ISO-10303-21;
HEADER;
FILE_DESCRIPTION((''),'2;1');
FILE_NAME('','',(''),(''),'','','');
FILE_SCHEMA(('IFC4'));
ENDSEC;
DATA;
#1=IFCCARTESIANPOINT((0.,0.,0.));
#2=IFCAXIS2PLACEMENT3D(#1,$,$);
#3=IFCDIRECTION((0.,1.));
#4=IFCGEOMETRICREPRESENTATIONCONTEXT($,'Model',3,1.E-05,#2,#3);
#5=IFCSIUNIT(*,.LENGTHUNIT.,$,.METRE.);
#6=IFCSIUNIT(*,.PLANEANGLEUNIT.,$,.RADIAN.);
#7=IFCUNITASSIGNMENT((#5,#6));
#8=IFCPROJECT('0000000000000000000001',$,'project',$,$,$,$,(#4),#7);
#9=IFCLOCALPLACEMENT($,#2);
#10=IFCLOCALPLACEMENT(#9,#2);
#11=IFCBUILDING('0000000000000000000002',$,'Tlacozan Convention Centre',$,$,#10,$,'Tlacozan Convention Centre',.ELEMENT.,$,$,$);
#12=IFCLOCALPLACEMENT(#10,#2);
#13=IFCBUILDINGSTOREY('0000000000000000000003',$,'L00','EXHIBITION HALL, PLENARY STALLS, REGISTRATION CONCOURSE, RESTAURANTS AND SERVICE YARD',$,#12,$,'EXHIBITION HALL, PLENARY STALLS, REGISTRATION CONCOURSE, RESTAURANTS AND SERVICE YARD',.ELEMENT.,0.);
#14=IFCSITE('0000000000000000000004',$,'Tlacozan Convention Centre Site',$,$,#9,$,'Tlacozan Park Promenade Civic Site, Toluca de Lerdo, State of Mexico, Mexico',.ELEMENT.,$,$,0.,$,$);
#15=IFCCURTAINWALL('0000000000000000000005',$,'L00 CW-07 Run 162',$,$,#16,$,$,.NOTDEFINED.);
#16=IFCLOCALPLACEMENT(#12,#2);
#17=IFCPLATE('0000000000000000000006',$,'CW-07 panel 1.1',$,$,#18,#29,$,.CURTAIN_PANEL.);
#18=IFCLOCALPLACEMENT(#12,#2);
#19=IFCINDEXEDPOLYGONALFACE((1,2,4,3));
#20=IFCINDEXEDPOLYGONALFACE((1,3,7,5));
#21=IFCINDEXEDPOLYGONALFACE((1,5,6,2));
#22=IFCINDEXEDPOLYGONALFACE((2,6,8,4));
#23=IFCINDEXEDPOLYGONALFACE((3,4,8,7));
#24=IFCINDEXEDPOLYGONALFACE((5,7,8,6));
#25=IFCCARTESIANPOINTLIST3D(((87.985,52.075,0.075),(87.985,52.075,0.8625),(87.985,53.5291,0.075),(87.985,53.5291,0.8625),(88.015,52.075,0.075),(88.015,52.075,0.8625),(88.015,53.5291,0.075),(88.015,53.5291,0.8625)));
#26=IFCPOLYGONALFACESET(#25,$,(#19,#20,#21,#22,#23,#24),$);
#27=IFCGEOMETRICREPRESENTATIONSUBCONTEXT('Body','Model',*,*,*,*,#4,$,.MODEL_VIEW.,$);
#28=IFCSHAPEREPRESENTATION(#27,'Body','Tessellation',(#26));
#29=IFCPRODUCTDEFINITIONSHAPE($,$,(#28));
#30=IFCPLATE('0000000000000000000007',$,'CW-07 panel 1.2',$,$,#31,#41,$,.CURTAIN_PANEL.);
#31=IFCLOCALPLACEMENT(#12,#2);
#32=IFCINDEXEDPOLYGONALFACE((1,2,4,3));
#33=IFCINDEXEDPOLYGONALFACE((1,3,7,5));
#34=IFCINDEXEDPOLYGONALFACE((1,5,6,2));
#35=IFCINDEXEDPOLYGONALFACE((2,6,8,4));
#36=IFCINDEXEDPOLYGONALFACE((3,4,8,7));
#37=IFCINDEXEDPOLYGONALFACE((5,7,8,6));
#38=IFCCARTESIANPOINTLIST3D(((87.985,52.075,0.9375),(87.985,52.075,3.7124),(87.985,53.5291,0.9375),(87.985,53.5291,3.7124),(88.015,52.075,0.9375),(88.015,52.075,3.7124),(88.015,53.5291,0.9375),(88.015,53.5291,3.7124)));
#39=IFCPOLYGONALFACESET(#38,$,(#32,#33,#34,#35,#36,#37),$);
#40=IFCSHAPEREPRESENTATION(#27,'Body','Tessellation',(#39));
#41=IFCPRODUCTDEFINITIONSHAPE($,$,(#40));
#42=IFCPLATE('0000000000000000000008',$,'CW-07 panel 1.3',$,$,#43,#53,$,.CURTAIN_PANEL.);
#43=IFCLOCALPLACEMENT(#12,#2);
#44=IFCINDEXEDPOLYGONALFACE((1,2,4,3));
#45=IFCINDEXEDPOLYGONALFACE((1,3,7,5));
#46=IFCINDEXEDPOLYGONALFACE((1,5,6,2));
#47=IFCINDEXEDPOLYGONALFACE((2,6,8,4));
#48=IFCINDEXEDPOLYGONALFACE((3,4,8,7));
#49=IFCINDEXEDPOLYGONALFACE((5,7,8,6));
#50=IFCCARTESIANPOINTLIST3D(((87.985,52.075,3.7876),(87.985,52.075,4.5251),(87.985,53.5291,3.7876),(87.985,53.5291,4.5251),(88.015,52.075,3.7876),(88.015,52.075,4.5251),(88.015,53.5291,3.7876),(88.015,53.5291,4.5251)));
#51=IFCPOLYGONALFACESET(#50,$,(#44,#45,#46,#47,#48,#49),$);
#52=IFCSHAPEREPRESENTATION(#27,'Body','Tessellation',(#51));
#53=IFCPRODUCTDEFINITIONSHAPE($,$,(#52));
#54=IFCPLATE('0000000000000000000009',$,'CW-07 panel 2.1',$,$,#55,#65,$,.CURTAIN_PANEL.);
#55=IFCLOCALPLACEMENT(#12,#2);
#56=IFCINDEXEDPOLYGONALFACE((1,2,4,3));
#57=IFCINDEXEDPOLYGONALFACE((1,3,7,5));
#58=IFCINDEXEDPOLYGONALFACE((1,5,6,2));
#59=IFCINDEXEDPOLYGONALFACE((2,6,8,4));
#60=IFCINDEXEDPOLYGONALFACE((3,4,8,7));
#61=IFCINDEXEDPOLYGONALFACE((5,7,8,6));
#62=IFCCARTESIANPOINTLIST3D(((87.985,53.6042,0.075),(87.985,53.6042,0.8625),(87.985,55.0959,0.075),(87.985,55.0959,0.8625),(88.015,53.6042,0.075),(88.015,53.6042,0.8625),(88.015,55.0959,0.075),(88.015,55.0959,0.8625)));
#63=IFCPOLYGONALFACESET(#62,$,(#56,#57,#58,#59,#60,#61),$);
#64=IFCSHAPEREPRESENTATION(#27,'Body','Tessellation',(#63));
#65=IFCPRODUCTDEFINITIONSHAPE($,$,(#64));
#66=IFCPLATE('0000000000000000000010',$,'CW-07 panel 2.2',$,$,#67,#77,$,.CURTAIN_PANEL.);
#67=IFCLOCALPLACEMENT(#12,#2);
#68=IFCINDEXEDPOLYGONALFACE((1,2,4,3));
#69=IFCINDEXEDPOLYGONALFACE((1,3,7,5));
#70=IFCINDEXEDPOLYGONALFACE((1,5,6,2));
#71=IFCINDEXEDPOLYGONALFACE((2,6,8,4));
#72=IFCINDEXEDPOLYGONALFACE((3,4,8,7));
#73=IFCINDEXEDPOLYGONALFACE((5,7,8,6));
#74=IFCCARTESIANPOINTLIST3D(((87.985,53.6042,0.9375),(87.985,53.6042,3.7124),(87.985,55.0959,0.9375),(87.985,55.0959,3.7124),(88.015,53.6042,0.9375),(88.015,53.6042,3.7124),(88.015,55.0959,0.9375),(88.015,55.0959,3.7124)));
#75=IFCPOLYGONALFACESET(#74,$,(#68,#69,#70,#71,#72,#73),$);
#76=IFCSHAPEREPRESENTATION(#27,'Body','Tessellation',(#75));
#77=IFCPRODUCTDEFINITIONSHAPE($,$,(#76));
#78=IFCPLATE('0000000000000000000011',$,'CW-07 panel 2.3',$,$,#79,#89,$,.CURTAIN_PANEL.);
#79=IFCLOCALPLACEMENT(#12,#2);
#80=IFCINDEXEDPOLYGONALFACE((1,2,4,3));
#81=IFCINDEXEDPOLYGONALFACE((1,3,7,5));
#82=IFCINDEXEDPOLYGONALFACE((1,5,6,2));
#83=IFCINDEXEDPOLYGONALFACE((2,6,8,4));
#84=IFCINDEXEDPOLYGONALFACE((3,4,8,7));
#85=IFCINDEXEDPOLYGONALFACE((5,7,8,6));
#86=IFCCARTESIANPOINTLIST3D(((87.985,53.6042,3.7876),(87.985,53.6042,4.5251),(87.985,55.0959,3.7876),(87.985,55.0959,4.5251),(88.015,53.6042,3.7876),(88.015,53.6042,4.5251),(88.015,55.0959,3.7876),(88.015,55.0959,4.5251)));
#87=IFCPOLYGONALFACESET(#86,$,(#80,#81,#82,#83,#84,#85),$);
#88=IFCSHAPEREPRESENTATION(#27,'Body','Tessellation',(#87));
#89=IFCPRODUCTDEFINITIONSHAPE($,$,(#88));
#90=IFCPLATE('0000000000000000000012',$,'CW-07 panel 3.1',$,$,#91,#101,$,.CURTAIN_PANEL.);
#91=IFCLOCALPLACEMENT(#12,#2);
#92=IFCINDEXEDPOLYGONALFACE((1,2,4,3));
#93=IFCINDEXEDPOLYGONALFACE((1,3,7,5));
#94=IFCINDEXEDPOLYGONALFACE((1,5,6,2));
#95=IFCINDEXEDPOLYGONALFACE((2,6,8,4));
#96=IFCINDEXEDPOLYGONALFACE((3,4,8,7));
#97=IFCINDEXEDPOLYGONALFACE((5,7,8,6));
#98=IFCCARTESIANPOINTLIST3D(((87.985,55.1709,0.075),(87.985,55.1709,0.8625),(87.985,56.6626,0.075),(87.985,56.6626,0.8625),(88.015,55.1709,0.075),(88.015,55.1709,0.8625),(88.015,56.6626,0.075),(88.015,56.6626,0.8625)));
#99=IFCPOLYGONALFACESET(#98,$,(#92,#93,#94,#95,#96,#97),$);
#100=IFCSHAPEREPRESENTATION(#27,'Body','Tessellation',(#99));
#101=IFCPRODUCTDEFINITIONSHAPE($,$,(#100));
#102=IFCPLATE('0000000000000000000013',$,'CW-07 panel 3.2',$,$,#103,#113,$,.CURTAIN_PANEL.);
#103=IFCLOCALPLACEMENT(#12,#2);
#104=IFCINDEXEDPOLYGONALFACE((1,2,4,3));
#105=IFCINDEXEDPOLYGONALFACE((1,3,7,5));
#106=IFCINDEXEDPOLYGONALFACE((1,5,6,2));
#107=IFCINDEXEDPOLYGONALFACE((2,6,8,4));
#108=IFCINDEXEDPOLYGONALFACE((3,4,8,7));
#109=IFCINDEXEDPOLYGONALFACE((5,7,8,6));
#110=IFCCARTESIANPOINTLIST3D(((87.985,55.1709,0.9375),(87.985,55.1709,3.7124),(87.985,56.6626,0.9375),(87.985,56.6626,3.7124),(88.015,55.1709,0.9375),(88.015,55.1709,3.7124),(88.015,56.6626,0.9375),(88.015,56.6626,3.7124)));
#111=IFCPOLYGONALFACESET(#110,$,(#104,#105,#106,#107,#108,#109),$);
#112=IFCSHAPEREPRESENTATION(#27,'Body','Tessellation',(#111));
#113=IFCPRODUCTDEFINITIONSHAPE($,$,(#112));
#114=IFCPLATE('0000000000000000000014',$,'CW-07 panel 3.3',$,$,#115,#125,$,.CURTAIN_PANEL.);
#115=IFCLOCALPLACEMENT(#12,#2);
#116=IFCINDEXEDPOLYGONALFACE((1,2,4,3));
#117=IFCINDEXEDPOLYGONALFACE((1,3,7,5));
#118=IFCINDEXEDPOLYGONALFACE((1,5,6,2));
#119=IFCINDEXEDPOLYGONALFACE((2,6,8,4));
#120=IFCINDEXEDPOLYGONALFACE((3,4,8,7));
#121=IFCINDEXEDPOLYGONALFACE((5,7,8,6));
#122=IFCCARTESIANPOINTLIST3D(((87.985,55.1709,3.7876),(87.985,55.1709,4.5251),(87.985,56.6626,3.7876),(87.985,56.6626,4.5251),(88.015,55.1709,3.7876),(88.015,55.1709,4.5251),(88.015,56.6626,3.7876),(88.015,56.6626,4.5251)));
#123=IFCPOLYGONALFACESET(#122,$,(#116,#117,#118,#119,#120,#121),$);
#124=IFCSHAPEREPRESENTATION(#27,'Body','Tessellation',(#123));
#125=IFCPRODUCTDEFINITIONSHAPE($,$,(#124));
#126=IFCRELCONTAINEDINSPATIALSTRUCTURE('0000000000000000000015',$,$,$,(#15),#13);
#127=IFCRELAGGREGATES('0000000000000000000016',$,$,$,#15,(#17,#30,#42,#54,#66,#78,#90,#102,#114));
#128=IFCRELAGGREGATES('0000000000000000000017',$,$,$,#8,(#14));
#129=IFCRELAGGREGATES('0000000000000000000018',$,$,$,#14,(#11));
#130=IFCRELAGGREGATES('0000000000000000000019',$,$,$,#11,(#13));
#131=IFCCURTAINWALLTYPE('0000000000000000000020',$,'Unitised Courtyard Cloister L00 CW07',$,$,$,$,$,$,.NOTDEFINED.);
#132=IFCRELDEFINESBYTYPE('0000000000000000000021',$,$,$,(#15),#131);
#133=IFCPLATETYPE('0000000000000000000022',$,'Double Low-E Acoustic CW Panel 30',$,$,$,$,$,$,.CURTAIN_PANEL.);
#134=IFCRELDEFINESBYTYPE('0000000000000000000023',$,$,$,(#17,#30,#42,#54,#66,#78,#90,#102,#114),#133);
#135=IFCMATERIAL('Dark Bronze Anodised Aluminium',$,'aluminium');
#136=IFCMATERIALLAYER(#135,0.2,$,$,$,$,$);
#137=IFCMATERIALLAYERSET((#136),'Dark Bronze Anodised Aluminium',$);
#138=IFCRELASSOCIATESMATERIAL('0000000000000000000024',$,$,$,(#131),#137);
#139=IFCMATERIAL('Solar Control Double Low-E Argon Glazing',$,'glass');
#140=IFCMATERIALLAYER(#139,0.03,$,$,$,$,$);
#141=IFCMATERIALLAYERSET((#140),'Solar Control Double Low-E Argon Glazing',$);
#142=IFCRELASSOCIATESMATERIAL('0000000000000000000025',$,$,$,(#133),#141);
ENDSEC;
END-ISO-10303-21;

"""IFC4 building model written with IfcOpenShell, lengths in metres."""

from ifc_helpers import new_model, si_unit, direction, frame, origin, origin_2d, place, context, subcontext, project, spatial, rectangle, extrude, material, layer, layer_set, type_object, element, aggregate, save


model = new_model("IFC4")

# Units and contexts
model_context = context("Model", 3, precision=1e-05, world=origin(), true_north=direction((0.0, 1.0)))
body_context = subcontext(model_context, "Body", "Model", "MODEL_VIEW")
ifc_project = project(units=[si_unit("LENGTHUNIT", "METRE"), si_unit("PLANEANGLEUNIT", "RADIAN")], contexts=[model_context])

# Site, building, storey
site_placement = place(None, origin())
site = spatial("IfcSite", under=ifc_project, at=site_placement, Name="Tlacozan Convention Centre Site", LongName="Tlacozan Park Promenade Civic Site, Toluca de Lerdo, State of Mexico, Mexico", CompositionType="ELEMENT", RefElevation=0.0)
building_placement = place(site_placement, origin())
building = spatial("IfcBuilding", under=site, at=building_placement, Name="Tlacozan Convention Centre", LongName="Tlacozan Convention Centre", CompositionType="ELEMENT")
storey_placement = place(building_placement, origin())
storey = spatial("IfcBuildingStorey", under=building, at=storey_placement, Name="L00", Description="EXHIBITION HALL, PLENARY STALLS, REGISTRATION CONCOURSE, RESTAURANTS AND SERVICE YARD", LongName="EXHIBITION HALL, PLENARY STALLS, REGISTRATION CONCOURSE, RESTAURANTS AND SERVICE YARD", CompositionType="ELEMENT", Elevation=0.0)

# Curtain wall, plates
ifc_material_1 = material(Name="Dark Bronze Anodised Aluminium", Category="aluminium")
ifc_layer_1 = layer(ifc_material_1, 0.2)
ifc_layer_set_1 = layer_set([ifc_layer_1], Name="Dark Bronze Anodised Aluminium")
curtain_wall_type = type_object("IfcCurtainWallType", Name="Unitised Courtyard Cloister L00 CW07", PredefinedType="NOTDEFINED", material=ifc_layer_set_1)
curtain_wall_placement = place(storey_placement, origin())
curtain_wall = element("IfcCurtainWall", 1, at=curtain_wall_placement, inside=storey, type_object=curtain_wall_type, Name="L00 CW-07 Run 162", PredefinedType="NOTDEFINED")
ifc_material_2 = material(Name="Solar Control Double Low-E Argon Glazing", Category="glass")
ifc_layer_2 = layer(ifc_material_2, 0.03)
ifc_layer_set_2 = layer_set([ifc_layer_2], Name="Solar Control Double Low-E Argon Glazing")
plate_type = type_object("IfcPlateType", Name="Double Low-E Acoustic CW Panel 30", PredefinedType="CURTAIN_PANEL", material=ifc_layer_set_2)
plate_1_placement = place(storey_placement, frame((88.0, 52.802, 0.075), z_axis=(0.0, 0.0, 1.0), x_axis=(0.0, 1.0, 0.0)))
plate_1 = element("IfcPlate", 2, at=plate_1_placement, type_object=plate_type, Name="CW-07 panel 1.1", PredefinedType="CURTAIN_PANEL", context=body_context, shape_type="SweptSolid", body=[
    extrude(rectangle(XDim=1.4541, YDim=0.03, at=origin_2d()), origin(), (0.0, 0.0, 1.0), 0.7876),
])
plate_2_placement = place(storey_placement, frame((88.0, 52.802, 0.9375), z_axis=(0.0, 0.0, 1.0), x_axis=(0.0, 1.0, 0.0)))
plate_2 = element("IfcPlate", 3, at=plate_2_placement, type_object=plate_type, Name="CW-07 panel 1.2", PredefinedType="CURTAIN_PANEL", context=body_context, shape_type="SweptSolid", body=[
    extrude(rectangle(XDim=1.4541, YDim=0.03, at=origin_2d()), origin(), (0.0, 0.0, 1.0), 2.7749),
])
plate_3_placement = place(storey_placement, frame((88.0, 52.802, 3.7876), z_axis=(0.0, 0.0, 1.0), x_axis=(0.0, 1.0, 0.0)))
plate_3 = element("IfcPlate", 4, at=plate_3_placement, type_object=plate_type, Name="CW-07 panel 1.3", PredefinedType="CURTAIN_PANEL", context=body_context, shape_type="SweptSolid", body=[
    extrude(rectangle(XDim=1.4541, YDim=0.03, at=origin_2d()), origin(), (0.0, 0.0, 1.0), 0.7375),
])
plate_4_placement = place(storey_placement, frame((88.0, 54.3501, 0.075), z_axis=(0.0, 0.0, 1.0), x_axis=(0.0, 1.0, 0.0)))
plate_4 = element("IfcPlate", 5, at=plate_4_placement, type_object=plate_type, Name="CW-07 panel 2.1", PredefinedType="CURTAIN_PANEL", context=body_context, shape_type="SweptSolid", body=[
    extrude(rectangle(XDim=1.4917, YDim=0.03, at=origin_2d()), origin(), (0.0, 0.0, 1.0), 0.7876),
])
plate_5_placement = place(storey_placement, frame((88.0, 54.3501, 0.9375), z_axis=(0.0, 0.0, 1.0), x_axis=(0.0, 1.0, 0.0)))
plate_5 = element("IfcPlate", 6, at=plate_5_placement, type_object=plate_type, Name="CW-07 panel 2.2", PredefinedType="CURTAIN_PANEL", context=body_context, shape_type="SweptSolid", body=[
    extrude(rectangle(XDim=1.4917, YDim=0.03, at=origin_2d()), origin(), (0.0, 0.0, 1.0), 2.7749),
])
plate_6_placement = place(storey_placement, frame((88.0, 54.3501, 3.7876), z_axis=(0.0, 0.0, 1.0), x_axis=(0.0, 1.0, 0.0)))
plate_6 = element("IfcPlate", 7, at=plate_6_placement, type_object=plate_type, Name="CW-07 panel 2.3", PredefinedType="CURTAIN_PANEL", context=body_context, shape_type="SweptSolid", body=[
    extrude(rectangle(XDim=1.4917, YDim=0.03, at=origin_2d()), origin(), (0.0, 0.0, 1.0), 0.7375),
])
plate_7_placement = place(storey_placement, frame((88.0, 55.9167, 0.075), z_axis=(0.0, 0.0, 1.0), x_axis=(0.0, 1.0, 0.0)))
plate_7 = element("IfcPlate", 8, at=plate_7_placement, type_object=plate_type, Name="CW-07 panel 3.1", PredefinedType="CURTAIN_PANEL", context=body_context, shape_type="SweptSolid", body=[
    extrude(rectangle(XDim=1.4917, YDim=0.03, at=origin_2d()), origin(), (0.0, 0.0, 1.0), 0.7876),
])
plate_8_placement = place(storey_placement, frame((88.0, 55.9167, 0.9375), z_axis=(0.0, 0.0, 1.0), x_axis=(0.0, 1.0, 0.0)))
plate_8 = element("IfcPlate", 9, at=plate_8_placement, type_object=plate_type, Name="CW-07 panel 3.2", PredefinedType="CURTAIN_PANEL", context=body_context, shape_type="SweptSolid", body=[
    extrude(rectangle(XDim=1.4917, YDim=0.03, at=origin_2d()), origin(), (0.0, 0.0, 1.0), 2.7749),
])
plate_9_placement = place(storey_placement, frame((88.0, 55.9167, 3.7876), z_axis=(0.0, 0.0, 1.0), x_axis=(0.0, 1.0, 0.0)))
plate_9 = element("IfcPlate", 10, at=plate_9_placement, type_object=plate_type, Name="CW-07 panel 3.3", PredefinedType="CURTAIN_PANEL", context=body_context, shape_type="SweptSolid", body=[
    extrude(rectangle(XDim=1.4917, YDim=0.03, at=origin_2d()), origin(), (0.0, 0.0, 1.0), 0.7375),
])
aggregate(curtain_wall, [plate_1, plate_2, plate_3, plate_4, plate_5, plate_6, plate_7, plate_8, plate_9])

save(model, "model.ifc")
